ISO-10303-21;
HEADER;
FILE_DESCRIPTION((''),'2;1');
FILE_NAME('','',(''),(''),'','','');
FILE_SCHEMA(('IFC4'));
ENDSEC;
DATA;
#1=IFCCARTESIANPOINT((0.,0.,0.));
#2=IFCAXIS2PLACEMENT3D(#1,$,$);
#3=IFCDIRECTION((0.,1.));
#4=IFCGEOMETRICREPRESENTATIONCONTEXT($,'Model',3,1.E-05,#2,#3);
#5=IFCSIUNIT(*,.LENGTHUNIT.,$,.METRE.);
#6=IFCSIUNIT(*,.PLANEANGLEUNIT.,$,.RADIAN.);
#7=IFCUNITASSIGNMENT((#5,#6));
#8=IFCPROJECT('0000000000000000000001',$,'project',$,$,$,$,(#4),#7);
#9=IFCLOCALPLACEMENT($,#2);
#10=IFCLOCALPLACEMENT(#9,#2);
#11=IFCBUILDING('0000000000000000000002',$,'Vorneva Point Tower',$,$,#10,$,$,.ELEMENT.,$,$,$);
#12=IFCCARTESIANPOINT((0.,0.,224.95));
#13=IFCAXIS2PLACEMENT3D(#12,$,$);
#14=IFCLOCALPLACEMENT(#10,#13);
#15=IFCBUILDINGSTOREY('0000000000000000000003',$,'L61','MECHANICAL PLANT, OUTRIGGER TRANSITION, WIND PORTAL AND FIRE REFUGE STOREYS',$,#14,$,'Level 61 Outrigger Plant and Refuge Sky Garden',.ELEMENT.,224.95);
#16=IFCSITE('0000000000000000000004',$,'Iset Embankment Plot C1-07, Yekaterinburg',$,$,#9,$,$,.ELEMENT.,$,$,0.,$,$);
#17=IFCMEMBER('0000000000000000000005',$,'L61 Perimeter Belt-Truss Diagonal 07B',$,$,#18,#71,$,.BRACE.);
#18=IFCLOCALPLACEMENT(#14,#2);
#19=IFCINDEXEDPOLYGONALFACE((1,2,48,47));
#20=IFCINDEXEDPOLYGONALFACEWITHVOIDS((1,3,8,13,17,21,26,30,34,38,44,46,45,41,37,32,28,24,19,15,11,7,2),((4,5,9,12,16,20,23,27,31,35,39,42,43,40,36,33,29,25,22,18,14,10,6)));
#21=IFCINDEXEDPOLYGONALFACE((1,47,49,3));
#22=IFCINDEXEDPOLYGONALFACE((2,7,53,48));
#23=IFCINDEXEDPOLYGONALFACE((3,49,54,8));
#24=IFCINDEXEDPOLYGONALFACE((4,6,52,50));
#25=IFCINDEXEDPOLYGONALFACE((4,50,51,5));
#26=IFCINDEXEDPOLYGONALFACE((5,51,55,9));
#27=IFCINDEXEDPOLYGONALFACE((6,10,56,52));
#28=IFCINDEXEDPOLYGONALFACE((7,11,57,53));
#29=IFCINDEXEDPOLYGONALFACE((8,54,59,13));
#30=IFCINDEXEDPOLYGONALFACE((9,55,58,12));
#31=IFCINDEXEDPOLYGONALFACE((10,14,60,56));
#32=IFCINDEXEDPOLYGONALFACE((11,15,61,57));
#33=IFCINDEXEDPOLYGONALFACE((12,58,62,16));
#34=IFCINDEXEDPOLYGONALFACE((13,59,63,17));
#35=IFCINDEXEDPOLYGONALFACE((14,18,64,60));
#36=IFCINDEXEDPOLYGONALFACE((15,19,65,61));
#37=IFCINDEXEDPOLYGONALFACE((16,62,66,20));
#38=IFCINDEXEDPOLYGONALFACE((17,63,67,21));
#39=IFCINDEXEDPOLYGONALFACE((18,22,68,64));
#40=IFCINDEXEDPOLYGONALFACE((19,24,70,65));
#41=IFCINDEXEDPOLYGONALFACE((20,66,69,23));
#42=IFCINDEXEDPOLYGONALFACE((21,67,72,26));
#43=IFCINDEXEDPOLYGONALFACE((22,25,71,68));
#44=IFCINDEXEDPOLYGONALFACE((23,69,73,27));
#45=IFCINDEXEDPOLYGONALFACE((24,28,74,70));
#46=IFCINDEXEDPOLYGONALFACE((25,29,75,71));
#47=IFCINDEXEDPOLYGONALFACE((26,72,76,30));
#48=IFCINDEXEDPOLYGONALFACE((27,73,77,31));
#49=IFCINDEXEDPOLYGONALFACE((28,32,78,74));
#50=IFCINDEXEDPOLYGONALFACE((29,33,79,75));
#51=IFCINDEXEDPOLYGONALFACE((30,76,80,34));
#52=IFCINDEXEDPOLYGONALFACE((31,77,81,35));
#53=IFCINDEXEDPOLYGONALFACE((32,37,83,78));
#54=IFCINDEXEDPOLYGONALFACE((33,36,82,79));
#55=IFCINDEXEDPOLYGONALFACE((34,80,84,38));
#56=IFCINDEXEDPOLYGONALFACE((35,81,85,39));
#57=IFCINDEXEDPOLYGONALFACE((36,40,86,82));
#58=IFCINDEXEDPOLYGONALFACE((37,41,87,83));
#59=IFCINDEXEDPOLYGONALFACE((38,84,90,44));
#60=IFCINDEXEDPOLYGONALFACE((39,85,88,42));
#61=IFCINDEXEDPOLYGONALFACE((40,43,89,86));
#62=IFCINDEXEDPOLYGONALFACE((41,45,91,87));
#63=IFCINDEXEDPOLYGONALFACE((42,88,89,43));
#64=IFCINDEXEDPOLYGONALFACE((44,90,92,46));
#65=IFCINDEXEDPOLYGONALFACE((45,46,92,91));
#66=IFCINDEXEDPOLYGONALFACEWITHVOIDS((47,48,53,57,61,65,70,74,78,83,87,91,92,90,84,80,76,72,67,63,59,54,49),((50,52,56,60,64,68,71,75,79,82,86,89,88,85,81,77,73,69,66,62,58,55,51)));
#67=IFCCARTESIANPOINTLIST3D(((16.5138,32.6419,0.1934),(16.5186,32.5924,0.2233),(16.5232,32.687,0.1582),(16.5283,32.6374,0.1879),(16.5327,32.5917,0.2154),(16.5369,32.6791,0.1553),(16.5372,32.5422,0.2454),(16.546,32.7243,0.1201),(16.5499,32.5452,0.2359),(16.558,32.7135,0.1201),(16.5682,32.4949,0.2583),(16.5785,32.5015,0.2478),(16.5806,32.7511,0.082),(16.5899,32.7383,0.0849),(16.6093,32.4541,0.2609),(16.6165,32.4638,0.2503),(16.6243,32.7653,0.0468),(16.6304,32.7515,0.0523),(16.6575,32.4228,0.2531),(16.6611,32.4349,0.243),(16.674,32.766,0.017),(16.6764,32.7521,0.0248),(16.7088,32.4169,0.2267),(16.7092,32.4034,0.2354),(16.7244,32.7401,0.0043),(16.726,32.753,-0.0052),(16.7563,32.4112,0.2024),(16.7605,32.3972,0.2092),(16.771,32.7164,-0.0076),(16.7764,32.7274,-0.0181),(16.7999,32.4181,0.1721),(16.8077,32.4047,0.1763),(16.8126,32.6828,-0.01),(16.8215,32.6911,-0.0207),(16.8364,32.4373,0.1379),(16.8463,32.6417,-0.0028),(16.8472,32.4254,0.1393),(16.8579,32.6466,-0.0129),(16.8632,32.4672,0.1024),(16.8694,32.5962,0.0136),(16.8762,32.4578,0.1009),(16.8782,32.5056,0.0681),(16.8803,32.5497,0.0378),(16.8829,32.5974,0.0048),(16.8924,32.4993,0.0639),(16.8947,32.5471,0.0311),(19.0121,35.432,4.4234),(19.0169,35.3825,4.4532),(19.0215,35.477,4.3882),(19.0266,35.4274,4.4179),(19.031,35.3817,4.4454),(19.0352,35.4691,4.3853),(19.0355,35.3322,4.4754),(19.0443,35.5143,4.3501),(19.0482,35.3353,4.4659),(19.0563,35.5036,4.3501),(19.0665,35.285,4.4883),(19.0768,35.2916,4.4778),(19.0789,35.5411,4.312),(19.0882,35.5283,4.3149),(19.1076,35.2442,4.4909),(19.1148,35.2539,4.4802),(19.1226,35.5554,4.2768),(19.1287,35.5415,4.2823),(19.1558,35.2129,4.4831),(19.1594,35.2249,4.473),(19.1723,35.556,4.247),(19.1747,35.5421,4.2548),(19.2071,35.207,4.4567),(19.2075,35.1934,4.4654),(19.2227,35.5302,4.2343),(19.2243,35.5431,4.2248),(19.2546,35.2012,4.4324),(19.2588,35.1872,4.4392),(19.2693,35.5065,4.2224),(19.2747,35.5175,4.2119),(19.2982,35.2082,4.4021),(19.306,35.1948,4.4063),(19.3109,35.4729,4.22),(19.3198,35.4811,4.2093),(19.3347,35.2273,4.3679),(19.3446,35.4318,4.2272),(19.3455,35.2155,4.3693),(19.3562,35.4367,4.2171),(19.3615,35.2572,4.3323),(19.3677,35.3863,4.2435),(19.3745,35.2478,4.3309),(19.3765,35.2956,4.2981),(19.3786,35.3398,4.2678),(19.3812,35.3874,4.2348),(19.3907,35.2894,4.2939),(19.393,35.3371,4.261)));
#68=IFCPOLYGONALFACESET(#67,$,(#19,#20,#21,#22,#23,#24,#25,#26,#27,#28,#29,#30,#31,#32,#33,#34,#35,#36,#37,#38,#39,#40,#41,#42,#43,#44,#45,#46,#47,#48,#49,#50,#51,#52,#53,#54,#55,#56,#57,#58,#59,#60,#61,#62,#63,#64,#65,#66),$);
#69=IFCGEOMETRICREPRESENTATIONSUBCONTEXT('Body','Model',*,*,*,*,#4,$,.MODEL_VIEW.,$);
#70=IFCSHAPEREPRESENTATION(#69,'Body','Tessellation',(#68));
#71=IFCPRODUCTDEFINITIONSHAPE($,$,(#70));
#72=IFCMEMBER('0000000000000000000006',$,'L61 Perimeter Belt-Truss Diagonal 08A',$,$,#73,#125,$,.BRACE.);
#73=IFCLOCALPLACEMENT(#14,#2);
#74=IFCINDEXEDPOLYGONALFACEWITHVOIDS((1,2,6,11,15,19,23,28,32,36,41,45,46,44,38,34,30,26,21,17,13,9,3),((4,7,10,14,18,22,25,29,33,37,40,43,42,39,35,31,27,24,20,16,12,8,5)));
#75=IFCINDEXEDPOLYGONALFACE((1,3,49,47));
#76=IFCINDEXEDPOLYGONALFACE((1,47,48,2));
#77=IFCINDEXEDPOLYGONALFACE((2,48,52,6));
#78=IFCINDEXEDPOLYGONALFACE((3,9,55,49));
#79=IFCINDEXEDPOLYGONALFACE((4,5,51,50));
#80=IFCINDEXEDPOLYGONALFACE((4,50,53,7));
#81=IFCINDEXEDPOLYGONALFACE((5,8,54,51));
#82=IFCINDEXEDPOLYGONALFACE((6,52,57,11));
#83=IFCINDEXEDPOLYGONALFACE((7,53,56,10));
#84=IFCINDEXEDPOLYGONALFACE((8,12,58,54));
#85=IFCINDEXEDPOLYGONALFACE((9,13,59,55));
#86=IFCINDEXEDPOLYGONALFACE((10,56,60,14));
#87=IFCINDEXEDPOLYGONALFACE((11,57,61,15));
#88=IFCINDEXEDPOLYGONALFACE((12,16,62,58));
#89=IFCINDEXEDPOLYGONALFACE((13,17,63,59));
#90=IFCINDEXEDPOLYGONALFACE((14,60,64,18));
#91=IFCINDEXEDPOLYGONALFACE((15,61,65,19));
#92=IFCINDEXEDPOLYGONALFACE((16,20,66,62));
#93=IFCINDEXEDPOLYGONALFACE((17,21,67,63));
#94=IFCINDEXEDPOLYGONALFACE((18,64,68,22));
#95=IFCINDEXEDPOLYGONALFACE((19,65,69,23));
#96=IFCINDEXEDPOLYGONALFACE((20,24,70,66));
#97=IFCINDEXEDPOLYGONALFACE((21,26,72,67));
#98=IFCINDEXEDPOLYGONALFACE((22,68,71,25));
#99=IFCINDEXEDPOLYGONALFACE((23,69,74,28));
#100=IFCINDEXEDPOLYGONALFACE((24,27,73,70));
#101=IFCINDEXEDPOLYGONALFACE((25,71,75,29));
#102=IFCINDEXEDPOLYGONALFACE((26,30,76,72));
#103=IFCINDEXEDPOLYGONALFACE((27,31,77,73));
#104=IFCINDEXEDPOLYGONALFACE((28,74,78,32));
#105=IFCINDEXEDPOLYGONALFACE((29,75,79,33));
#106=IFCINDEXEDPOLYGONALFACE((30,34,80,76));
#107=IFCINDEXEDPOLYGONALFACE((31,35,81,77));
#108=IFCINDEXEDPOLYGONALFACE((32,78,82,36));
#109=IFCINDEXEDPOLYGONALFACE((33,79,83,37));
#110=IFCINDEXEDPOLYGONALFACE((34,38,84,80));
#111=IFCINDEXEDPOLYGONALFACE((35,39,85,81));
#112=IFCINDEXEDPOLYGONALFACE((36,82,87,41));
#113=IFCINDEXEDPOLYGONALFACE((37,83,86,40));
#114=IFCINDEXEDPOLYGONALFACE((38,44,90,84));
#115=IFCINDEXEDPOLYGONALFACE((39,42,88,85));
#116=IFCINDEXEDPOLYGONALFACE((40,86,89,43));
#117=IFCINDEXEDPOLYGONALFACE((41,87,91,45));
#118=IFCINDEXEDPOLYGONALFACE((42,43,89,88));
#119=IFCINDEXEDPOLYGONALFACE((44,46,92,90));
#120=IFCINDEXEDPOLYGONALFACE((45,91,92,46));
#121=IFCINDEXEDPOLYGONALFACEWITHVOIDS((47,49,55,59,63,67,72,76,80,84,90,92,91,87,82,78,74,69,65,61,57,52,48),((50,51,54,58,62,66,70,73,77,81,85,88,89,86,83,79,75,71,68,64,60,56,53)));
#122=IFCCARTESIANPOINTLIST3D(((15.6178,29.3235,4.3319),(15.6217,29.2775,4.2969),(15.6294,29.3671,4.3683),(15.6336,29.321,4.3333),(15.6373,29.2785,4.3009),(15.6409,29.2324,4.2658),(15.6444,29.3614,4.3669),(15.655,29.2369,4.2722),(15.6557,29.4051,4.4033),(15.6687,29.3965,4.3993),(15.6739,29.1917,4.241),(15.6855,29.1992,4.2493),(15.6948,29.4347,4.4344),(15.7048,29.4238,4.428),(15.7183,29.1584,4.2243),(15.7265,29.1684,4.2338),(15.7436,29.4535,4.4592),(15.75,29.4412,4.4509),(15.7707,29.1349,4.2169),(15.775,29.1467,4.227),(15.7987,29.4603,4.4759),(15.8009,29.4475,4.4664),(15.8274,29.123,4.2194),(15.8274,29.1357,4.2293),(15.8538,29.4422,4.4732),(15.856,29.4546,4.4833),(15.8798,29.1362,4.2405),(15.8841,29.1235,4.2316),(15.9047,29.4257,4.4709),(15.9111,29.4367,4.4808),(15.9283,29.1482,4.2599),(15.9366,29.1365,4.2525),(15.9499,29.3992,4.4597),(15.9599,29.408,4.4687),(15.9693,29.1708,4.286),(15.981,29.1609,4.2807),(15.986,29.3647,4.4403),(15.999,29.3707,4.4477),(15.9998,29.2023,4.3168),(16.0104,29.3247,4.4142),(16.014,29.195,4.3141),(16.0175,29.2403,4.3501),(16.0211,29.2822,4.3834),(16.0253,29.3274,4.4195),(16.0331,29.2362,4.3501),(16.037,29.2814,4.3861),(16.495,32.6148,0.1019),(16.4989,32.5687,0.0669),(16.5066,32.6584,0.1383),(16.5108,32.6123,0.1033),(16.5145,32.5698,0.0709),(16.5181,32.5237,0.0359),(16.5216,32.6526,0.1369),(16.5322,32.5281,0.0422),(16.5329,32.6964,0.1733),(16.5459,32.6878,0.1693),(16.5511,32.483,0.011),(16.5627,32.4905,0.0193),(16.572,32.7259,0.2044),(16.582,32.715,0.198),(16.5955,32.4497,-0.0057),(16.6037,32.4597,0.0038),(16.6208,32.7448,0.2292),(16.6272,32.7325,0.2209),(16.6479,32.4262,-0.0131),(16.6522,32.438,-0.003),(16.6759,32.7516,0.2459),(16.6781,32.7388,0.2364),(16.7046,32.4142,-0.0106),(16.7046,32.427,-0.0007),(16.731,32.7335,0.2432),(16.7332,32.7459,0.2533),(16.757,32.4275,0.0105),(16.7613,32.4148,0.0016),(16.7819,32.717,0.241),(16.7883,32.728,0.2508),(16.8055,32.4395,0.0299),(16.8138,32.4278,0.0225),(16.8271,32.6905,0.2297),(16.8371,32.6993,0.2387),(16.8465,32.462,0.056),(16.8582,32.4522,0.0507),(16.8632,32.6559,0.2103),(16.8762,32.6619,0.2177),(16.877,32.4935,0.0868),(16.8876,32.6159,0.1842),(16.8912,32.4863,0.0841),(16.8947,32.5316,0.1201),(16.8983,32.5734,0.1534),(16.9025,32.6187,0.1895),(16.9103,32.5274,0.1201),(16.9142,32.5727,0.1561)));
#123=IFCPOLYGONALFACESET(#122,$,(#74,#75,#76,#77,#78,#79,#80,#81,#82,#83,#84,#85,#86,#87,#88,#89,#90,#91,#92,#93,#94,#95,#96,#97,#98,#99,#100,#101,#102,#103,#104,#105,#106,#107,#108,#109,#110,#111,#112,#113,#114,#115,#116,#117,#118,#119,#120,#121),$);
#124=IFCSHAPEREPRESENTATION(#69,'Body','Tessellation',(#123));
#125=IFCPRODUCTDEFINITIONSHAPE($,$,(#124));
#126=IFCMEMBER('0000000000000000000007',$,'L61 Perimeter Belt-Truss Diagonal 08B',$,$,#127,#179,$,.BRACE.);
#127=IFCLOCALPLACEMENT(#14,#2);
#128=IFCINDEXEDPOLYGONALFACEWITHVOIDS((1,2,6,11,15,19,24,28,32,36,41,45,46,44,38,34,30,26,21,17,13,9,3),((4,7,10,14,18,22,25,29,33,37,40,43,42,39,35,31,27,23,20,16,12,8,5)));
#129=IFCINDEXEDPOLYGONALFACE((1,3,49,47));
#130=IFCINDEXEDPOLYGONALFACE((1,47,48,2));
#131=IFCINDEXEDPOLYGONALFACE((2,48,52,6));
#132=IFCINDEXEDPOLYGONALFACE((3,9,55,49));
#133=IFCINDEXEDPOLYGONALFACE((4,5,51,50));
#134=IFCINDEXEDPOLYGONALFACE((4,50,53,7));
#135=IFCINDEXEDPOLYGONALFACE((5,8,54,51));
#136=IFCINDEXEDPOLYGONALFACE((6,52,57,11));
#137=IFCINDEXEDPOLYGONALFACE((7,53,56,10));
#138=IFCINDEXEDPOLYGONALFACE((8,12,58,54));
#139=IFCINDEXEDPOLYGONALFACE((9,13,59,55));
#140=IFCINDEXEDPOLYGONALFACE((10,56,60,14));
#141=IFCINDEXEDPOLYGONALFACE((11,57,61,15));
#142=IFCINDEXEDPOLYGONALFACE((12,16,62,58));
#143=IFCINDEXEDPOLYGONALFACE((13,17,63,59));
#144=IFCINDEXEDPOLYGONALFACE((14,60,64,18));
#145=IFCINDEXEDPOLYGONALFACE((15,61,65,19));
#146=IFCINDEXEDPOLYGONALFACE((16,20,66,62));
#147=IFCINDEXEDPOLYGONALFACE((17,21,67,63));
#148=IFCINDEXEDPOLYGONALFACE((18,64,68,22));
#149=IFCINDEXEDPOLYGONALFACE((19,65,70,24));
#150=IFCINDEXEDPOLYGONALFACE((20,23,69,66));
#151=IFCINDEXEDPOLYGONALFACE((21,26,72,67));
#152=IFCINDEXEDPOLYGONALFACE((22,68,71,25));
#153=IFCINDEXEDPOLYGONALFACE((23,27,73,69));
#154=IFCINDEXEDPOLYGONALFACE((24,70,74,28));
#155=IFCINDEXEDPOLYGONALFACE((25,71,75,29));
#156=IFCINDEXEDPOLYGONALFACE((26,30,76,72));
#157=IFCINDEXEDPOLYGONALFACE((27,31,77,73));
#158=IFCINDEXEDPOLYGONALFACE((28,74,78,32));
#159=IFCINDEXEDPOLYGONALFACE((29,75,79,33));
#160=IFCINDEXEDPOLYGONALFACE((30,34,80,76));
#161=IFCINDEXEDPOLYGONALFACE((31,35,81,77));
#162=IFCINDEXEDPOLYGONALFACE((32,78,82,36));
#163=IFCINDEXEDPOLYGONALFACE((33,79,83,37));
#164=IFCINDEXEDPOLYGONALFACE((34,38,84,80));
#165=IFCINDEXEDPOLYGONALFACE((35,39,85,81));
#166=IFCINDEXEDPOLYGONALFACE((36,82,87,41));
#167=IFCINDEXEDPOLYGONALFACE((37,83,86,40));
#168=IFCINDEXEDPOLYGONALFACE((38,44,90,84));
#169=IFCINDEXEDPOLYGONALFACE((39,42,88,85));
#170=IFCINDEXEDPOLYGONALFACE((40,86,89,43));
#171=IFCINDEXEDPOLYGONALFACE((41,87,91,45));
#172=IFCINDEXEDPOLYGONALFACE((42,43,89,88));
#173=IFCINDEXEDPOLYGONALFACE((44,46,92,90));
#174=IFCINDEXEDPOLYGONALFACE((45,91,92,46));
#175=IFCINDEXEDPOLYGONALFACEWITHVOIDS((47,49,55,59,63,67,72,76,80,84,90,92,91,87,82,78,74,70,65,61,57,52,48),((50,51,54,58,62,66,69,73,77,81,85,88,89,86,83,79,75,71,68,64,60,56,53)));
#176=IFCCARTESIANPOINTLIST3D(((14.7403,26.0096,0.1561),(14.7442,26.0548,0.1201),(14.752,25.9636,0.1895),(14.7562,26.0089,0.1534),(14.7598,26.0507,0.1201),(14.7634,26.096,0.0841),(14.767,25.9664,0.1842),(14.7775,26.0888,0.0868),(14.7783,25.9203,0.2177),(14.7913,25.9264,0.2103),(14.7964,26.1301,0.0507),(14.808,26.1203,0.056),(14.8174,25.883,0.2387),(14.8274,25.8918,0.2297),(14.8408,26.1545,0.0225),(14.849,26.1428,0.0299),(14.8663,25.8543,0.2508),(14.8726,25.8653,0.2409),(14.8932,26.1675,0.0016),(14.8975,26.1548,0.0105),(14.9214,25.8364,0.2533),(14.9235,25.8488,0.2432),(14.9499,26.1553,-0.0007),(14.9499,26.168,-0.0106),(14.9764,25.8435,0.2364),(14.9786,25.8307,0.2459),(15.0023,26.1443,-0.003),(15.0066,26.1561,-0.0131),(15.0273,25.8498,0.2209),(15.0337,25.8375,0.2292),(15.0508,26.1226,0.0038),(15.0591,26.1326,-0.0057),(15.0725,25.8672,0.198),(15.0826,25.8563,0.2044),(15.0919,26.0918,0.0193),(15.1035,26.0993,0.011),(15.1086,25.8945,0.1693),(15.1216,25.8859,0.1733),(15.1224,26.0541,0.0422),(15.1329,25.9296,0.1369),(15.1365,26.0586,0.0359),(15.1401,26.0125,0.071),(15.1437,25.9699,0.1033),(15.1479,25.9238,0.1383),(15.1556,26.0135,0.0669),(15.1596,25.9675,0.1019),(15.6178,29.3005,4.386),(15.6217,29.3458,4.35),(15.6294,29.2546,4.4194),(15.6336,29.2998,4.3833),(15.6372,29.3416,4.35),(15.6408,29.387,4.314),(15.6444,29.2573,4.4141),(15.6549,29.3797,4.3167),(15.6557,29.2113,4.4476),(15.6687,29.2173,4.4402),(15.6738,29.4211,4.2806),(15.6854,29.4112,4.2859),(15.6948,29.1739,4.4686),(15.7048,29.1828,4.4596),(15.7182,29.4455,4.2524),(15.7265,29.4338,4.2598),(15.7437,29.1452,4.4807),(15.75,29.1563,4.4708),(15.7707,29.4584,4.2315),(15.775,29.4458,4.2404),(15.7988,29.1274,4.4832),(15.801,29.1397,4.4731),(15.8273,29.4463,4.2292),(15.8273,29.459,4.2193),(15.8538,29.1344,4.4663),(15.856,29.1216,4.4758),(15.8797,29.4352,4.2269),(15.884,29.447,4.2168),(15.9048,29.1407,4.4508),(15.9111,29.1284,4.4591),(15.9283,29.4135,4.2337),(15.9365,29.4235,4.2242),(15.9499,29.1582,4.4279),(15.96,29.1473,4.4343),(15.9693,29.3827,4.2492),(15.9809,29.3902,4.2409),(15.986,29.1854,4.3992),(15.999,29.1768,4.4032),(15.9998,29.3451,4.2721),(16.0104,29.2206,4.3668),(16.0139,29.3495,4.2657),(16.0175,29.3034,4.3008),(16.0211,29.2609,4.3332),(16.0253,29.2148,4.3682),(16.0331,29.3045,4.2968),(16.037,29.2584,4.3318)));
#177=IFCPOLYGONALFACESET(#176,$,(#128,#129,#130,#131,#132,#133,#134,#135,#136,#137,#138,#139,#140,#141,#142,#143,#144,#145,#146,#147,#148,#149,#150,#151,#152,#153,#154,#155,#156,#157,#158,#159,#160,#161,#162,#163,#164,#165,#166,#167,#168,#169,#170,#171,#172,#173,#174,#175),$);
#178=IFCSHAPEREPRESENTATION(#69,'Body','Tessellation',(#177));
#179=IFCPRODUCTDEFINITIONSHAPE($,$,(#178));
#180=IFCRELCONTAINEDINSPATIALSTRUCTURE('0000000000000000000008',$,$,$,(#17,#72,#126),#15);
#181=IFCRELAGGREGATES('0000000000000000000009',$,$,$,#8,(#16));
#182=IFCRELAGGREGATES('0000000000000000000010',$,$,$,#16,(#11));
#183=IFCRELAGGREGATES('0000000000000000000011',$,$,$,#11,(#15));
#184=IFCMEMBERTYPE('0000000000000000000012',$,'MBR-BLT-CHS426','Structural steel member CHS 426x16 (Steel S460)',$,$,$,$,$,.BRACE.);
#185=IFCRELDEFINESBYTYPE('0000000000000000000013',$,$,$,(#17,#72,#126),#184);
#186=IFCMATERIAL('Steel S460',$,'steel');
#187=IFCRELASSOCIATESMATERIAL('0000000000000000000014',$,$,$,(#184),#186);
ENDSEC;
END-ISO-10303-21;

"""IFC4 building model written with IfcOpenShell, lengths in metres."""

from ifc_helpers import new_model, si_unit, direction, frame, origin, origin_2d, place, context, subcontext, project, spatial, hollow_circle, extrude, material, material_profile, profile_set, type_object, element, save


model = new_model("IFC4")

# Units and contexts
model_context = context("Model", 3, precision=1e-05, world=origin(), true_north=direction((0.0, 1.0)))
body_context = subcontext(model_context, "Body", "Model", "MODEL_VIEW")
ifc_project = project(units=[si_unit("LENGTHUNIT", "METRE"), si_unit("PLANEANGLEUNIT", "RADIAN")], contexts=[model_context])

# Site, building, storey
site_placement = place(None, origin())
site = spatial("IfcSite", under=ifc_project, at=site_placement, Name="Iset Embankment Plot C1-07, Yekaterinburg", CompositionType="ELEMENT", RefElevation=0.0)
building_placement = place(site_placement, origin())
building = spatial("IfcBuilding", under=site, at=building_placement, Name="Vorneva Point Tower", CompositionType="ELEMENT")
storey_placement = place(building_placement, frame((0.0, 0.0, 224.95)))
storey = spatial("IfcBuildingStorey", under=building, at=storey_placement, Name="L61", Description="MECHANICAL PLANT, OUTRIGGER TRANSITION, WIND PORTAL AND FIRE REFUGE STOREYS", LongName="Level 61 Outrigger Plant and Refuge Sky Garden", CompositionType="ELEMENT", Elevation=224.95)

# Shared definitions
ifc_material_1 = material(Name="Steel S460", Category="steel")

# Members
ifc_material_profile_1 = material_profile(ifc_material_1, hollow_circle(Radius=0.2129, WallThickness=0.0161, at=origin_2d()), Name="CHS 426x16")
ifc_profile_set_1 = profile_set([ifc_material_profile_1], Name="Steel S460")
member_type = type_object("IfcMemberType", Name="MBR-BLT-CHS426", Description="Structural steel member CHS 426x16 (Steel S460)", PredefinedType="BRACE", material=ifc_profile_set_1)
member_1_placement = place(storey_placement, frame((16.7046, 32.5823, 0.1201), z_axis=(0.442203, 0.493843, 0.748716), x_axis=(-0.744984, 0.667083, 0.0)))
element("IfcMember", 1, at=member_1_placement, inside=storey, type_object=member_type, Name="L61 Perimeter Belt-Truss Diagonal 07B", PredefinedType="BRACE", context=body_context, shape_type="SweptSolid", body=[
    extrude(hollow_circle(Radius=0.2129, WallThickness=0.0161, at=origin_2d()), origin(), (0.0, 0.0, 1.0), 5.6497),
])
member_2_placement = place(storey_placement, frame((16.7046, 32.5823, 0.1201), z_axis=(-0.16152, -0.606026, 0.778874), x_axis=(0.966269, -0.257533, 0.0)))
element("IfcMember", 2, at=member_2_placement, inside=storey, type_object=member_type, Name="L61 Perimeter Belt-Truss Diagonal 08A", PredefinedType="BRACE", context=body_context, shape_type="SweptSolid", body=[
    extrude(hollow_circle(Radius=0.2129, WallThickness=0.0161, at=origin_2d()), origin(), (0.0, 0.0, 1.0), 5.4309),
])
member_3_placement = place(storey_placement, frame((14.95, 26.0, 0.1201), z_axis=(0.161568, 0.605993, 0.778889), x_axis=(-0.966247, 0.257618, 0.0)))
element("IfcMember", 3, at=member_3_placement, inside=storey, type_object=member_type, Name="L61 Perimeter Belt-Truss Diagonal 08B", PredefinedType="BRACE", context=body_context, shape_type="SweptSolid", body=[
    extrude(hollow_circle(Radius=0.2129, WallThickness=0.0161, at=origin_2d()), origin(), (0.0, 0.0, 1.0), 5.4307),
])

save(model, "model.ifc")
